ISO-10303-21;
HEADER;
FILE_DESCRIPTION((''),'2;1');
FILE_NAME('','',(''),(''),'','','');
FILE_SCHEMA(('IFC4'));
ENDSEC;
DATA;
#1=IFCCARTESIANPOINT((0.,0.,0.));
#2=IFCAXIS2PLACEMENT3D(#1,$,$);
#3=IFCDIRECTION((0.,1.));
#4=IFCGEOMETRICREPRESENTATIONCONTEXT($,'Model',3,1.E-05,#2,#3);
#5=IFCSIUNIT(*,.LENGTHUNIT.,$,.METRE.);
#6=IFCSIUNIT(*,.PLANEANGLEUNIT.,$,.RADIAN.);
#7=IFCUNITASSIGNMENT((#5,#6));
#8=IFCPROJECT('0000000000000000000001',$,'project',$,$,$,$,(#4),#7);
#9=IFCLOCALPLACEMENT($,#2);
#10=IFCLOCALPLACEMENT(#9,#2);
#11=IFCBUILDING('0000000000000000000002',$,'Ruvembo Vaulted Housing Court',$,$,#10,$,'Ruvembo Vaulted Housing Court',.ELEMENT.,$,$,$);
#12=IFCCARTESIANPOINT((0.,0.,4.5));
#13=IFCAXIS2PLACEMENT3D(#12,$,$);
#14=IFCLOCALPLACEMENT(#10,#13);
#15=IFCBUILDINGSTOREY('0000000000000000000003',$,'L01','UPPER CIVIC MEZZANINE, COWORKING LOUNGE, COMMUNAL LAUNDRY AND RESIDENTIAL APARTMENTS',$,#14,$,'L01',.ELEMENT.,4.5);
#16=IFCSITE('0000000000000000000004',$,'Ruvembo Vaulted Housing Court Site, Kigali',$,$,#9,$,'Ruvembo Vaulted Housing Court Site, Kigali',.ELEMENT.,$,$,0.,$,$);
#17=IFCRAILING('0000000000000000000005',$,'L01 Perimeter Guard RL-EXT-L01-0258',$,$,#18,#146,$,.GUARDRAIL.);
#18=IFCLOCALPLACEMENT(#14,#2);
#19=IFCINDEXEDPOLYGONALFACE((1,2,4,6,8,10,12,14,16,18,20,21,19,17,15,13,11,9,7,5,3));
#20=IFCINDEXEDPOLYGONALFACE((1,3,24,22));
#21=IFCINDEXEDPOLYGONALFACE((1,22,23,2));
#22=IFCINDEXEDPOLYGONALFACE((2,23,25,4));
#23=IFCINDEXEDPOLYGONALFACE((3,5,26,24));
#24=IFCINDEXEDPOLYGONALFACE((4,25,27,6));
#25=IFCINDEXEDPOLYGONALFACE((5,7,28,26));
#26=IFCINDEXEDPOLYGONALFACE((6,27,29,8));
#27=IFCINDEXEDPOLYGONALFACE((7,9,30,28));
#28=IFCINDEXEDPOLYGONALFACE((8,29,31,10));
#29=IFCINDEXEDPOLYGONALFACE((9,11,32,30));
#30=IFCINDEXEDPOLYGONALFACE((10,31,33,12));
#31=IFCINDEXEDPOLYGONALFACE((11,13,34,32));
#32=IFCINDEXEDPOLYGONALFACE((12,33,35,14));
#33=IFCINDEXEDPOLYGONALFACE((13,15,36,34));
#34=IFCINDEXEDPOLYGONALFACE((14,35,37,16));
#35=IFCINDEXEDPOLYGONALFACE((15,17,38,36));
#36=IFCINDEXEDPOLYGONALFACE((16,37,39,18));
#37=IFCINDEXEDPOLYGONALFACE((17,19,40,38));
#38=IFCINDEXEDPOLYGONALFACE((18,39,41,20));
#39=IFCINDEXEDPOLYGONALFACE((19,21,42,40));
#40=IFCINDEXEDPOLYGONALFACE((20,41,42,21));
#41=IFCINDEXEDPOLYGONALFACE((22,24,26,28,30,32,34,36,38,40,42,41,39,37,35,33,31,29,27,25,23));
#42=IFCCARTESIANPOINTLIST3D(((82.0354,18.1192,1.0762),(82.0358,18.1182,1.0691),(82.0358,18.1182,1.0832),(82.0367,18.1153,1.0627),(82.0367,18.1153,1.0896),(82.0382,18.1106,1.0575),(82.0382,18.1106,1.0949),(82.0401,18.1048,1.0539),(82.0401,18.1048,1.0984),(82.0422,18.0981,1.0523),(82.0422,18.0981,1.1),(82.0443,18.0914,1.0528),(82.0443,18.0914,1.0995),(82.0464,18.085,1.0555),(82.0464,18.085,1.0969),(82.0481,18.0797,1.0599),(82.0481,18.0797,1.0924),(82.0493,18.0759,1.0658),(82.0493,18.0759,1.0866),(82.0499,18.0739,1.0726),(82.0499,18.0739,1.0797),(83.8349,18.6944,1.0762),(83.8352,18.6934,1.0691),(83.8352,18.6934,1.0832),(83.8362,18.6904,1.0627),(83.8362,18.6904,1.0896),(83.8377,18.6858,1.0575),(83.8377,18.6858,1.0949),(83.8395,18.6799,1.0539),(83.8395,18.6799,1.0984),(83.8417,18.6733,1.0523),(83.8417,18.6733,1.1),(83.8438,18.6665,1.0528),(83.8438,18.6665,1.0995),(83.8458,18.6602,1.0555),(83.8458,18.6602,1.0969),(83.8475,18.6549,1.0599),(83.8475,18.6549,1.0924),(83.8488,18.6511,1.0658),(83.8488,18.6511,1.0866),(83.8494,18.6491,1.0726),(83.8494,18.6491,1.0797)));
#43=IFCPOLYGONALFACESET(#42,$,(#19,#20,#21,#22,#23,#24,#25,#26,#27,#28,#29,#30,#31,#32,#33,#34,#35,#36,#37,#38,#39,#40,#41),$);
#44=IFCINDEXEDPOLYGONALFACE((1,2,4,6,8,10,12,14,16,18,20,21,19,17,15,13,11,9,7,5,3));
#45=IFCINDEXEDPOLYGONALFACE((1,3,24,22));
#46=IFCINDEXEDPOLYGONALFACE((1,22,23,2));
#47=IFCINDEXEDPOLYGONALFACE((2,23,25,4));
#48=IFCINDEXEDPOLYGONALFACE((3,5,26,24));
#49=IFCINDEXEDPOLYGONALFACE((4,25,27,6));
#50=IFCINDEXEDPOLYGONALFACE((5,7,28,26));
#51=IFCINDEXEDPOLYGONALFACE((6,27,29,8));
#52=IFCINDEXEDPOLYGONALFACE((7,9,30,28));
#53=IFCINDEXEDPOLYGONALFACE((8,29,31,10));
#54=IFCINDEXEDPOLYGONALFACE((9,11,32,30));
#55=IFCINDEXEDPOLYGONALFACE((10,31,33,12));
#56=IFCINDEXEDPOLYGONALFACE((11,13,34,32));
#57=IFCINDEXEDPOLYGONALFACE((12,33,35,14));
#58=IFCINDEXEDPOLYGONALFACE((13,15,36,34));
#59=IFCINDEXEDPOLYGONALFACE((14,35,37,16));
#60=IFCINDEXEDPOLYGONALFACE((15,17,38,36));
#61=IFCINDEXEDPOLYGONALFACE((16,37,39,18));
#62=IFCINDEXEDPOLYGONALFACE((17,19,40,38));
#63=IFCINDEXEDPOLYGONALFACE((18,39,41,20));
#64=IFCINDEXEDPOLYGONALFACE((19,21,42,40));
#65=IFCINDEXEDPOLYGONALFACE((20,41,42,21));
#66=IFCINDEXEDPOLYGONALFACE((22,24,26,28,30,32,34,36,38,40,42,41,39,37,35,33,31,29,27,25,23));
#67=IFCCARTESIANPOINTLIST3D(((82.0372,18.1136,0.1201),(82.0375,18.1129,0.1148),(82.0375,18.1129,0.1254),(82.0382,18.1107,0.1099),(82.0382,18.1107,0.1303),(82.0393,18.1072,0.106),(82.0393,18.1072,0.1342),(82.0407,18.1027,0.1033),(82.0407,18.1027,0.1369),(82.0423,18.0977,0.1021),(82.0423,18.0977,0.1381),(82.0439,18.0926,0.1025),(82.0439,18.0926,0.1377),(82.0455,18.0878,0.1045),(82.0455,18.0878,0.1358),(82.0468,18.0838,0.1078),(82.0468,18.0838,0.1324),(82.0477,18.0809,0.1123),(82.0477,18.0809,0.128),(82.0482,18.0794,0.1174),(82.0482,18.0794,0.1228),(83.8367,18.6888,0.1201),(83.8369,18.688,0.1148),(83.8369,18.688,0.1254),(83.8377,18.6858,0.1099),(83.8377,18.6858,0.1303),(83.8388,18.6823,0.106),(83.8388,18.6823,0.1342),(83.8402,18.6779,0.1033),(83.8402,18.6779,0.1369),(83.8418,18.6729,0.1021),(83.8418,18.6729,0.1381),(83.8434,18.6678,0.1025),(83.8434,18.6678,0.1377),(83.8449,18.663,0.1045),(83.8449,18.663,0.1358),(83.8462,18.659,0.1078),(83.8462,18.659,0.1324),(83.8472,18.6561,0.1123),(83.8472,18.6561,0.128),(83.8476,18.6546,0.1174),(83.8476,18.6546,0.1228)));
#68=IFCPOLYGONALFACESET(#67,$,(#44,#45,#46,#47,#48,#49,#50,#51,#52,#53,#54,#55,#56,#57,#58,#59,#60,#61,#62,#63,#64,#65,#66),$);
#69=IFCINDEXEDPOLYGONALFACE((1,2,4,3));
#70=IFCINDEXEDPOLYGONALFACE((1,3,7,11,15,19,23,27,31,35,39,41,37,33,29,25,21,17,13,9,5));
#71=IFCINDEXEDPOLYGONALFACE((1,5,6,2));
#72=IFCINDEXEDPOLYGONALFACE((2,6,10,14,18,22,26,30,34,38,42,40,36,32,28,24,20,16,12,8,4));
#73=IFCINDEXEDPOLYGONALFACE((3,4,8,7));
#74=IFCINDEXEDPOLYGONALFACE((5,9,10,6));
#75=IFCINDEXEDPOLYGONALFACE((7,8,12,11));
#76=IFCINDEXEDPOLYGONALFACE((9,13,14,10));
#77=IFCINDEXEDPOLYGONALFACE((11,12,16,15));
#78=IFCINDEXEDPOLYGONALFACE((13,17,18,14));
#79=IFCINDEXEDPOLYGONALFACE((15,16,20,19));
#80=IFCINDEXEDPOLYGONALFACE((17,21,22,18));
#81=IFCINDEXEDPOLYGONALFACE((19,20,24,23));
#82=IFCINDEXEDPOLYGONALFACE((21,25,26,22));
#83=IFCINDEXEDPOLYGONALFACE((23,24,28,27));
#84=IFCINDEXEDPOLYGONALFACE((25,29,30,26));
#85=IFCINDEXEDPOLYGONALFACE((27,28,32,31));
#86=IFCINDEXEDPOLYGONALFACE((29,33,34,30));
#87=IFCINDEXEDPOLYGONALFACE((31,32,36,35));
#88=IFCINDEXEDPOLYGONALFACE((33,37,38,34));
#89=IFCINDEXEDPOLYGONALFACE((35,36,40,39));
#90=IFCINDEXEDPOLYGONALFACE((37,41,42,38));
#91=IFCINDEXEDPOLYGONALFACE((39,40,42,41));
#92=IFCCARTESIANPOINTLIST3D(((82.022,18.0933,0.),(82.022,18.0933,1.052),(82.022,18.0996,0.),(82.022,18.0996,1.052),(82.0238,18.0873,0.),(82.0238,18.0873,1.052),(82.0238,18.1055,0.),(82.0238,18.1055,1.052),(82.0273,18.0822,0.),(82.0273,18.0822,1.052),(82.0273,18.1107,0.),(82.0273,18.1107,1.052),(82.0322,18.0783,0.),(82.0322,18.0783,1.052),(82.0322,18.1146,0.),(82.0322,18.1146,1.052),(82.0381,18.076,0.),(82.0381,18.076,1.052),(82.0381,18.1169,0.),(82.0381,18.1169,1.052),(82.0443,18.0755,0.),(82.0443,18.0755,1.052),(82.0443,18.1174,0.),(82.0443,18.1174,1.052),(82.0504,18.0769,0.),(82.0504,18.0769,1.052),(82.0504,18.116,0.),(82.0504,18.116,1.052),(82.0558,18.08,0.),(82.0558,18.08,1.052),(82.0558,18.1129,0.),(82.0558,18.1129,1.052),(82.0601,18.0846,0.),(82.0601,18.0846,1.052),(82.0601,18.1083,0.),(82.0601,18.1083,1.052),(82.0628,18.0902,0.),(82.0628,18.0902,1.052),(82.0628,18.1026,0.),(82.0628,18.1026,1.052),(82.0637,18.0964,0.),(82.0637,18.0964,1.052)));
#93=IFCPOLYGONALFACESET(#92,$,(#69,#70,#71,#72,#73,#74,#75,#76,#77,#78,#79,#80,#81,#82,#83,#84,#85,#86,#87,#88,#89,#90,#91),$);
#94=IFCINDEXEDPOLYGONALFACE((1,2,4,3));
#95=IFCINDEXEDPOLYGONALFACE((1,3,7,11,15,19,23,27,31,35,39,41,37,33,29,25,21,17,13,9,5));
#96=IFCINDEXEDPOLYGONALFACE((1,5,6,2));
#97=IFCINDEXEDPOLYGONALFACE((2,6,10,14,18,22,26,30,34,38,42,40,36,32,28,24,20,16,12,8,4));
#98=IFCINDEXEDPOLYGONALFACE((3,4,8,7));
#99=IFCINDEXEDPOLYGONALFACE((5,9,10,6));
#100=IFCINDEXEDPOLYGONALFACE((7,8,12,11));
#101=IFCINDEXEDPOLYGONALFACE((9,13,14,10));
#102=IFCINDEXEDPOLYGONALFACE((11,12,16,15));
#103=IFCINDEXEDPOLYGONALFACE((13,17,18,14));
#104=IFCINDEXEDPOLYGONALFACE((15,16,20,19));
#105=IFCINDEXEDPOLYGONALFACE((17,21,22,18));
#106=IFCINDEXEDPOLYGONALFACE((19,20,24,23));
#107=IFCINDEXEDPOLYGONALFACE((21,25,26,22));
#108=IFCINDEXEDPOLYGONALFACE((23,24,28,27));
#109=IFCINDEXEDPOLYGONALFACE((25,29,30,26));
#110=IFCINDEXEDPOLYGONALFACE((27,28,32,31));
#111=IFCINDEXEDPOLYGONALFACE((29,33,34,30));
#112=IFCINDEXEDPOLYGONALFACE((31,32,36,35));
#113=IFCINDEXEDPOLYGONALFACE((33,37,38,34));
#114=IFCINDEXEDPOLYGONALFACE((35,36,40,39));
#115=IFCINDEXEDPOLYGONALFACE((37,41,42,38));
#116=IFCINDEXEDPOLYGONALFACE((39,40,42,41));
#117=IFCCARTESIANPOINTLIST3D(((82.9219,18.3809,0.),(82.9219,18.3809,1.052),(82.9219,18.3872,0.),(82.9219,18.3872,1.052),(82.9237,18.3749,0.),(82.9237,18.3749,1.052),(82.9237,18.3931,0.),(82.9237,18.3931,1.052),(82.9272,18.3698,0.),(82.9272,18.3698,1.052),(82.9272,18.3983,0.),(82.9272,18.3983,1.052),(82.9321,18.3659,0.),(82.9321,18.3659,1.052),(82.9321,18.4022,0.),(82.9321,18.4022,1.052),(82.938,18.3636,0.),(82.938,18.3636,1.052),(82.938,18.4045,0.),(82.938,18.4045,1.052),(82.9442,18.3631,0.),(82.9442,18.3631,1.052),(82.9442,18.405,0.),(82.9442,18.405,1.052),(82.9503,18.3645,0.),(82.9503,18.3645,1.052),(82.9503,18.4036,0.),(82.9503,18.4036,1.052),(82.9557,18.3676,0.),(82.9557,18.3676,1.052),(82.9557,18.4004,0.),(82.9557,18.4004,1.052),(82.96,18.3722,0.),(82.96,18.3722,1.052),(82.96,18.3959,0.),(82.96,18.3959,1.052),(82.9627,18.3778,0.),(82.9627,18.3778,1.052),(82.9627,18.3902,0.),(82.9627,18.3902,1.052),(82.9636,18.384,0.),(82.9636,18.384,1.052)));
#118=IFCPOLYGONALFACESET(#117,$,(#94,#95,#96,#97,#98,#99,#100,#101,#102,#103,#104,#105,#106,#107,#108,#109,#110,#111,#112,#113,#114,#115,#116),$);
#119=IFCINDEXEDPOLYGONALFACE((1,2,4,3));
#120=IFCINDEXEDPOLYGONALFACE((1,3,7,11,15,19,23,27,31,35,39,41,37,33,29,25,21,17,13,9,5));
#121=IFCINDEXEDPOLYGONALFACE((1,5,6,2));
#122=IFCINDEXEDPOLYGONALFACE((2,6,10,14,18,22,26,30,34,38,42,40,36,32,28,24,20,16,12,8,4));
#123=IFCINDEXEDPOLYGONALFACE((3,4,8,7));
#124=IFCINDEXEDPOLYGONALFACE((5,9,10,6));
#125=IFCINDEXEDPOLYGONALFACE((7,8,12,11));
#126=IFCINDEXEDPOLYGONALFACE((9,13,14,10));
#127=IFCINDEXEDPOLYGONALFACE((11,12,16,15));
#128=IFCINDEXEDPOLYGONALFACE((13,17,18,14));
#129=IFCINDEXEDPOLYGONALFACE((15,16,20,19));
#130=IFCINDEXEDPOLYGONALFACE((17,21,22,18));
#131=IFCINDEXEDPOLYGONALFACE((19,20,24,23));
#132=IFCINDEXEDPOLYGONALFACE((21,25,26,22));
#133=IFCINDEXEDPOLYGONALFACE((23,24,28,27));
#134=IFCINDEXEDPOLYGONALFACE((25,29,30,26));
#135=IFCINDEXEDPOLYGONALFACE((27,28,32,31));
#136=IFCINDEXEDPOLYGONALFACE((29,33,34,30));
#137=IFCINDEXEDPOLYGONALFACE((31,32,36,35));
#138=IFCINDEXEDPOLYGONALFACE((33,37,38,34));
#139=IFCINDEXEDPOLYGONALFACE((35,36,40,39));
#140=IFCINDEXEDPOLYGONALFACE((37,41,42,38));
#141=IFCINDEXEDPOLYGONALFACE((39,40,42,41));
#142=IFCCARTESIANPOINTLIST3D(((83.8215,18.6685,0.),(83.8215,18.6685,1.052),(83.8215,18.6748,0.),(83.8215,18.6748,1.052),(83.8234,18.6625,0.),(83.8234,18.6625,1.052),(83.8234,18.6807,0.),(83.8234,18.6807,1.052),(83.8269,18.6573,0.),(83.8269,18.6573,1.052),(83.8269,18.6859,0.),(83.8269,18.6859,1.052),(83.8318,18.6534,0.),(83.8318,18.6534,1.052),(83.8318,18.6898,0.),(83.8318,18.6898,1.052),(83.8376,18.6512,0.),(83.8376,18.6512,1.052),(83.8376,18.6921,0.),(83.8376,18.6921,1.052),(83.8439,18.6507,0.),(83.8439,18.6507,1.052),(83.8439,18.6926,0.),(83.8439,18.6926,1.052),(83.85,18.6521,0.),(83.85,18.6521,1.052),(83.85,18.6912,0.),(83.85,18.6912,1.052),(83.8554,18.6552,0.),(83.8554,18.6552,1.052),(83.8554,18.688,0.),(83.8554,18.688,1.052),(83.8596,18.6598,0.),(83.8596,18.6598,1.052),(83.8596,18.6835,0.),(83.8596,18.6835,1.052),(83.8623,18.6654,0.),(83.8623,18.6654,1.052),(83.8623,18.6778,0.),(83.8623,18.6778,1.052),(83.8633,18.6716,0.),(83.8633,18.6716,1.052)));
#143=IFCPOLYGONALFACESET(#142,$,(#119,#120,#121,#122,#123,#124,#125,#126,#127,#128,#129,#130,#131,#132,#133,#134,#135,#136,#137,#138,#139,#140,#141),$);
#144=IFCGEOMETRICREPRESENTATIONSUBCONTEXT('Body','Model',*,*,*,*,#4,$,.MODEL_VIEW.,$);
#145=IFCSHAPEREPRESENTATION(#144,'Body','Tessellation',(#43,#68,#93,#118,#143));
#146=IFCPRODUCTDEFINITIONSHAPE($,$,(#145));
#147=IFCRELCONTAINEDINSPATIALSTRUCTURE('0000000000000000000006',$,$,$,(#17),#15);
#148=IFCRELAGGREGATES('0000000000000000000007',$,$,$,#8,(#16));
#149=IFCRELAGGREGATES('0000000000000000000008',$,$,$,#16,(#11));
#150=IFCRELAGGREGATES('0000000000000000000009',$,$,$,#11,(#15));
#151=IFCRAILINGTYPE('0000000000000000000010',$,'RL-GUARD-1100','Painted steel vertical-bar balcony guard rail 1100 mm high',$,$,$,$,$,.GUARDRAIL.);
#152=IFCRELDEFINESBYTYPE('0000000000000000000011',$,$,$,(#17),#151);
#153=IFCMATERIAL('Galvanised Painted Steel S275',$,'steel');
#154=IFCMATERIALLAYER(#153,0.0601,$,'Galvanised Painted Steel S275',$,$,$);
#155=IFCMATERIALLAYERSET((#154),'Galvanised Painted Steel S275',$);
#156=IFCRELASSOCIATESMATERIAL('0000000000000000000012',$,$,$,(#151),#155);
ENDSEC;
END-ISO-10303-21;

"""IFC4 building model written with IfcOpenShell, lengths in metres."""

from ifc_helpers import new_model, si_unit, direction, frame, origin, origin_2d, place, context, subcontext, project, spatial, circle, extrude, material, layer, layer_set, type_object, element, save


model = new_model("IFC4")

# Units and contexts
model_context = context("Model", 3, precision=1e-05, world=origin(), true_north=direction((0.0, 1.0)))
body_context = subcontext(model_context, "Body", "Model", "MODEL_VIEW")
ifc_project = project(units=[si_unit("LENGTHUNIT", "METRE"), si_unit("PLANEANGLEUNIT", "RADIAN")], contexts=[model_context])

# Site, building, storey
site_placement = place(None, origin())
site = spatial("IfcSite", under=ifc_project, at=site_placement, Name="Ruvembo Vaulted Housing Court Site, Kigali", LongName="Ruvembo Vaulted Housing Court Site, Kigali", CompositionType="ELEMENT", RefElevation=0.0)
building_placement = place(site_placement, origin())
building = spatial("IfcBuilding", under=site, at=building_placement, Name="Ruvembo Vaulted Housing Court", LongName="Ruvembo Vaulted Housing Court", CompositionType="ELEMENT")
storey_placement = place(building_placement, frame((0.0, 0.0, 4.5)))
storey = spatial("IfcBuildingStorey", under=building, at=storey_placement, Name="L01", Description="UPPER CIVIC MEZZANINE, COWORKING LOUNGE, COMMUNAL LAUNDRY AND RESIDENTIAL APARTMENTS", LongName="L01", CompositionType="ELEMENT", Elevation=4.5)

# Railing
ifc_material_1 = material(Name="Galvanised Painted Steel S275", Category="steel")
ifc_layer = layer(ifc_material_1, 0.0601, Name="Galvanised Painted Steel S275")
ifc_layer_set = layer_set([ifc_layer], Name="Galvanised Painted Steel S275")
railing_type = type_object("IfcRailingType", Name="RL-GUARD-1100", Description="Painted steel vertical-bar balcony guard rail 1100 mm high", PredefinedType="GUARDRAIL", material=ifc_layer_set)
railing_1_placement = place(storey_placement, frame((82.0427, 18.0964, 0.0)))
element("IfcRailing", 1, at=railing_1_placement, inside=storey, type_object=railing_type, Name="L01 Perimeter Guard RL-EXT-L01-0258", PredefinedType="GUARDRAIL", context=body_context, shape_type="SweptSolid", body=[
    extrude(circle(Radius=0.0239, at=origin_2d()), frame((0.0, 0.0, 1.0762), z_axis=(0.952526, 0.304457, 0.0), x_axis=(-0.304457, 0.952526, 0.0)), (0.0, 0.0, 1.0), 1.8892),
    extrude(circle(Radius=0.0181, at=origin_2d()), frame((0.0, 0.0, 0.1201), z_axis=(0.952526, 0.304457, 0.0), x_axis=(-0.304457, 0.952526, 0.0)), (0.0, 0.0, 1.0), 1.8892),
    extrude(circle(Radius=0.021, at=origin_2d()), origin(), (0.0, 0.0, 1.0), 1.052),
    extrude(circle(Radius=0.021, at=origin_2d()), frame((0.8999, 0.2876, 0.0)), (0.0, 0.0, 1.0), 1.052),
    extrude(circle(Radius=0.021, at=origin_2d()), frame((1.7996, 0.5752, 0.0)), (0.0, 0.0, 1.0), 1.052),
])

save(model, "model.ifc")
